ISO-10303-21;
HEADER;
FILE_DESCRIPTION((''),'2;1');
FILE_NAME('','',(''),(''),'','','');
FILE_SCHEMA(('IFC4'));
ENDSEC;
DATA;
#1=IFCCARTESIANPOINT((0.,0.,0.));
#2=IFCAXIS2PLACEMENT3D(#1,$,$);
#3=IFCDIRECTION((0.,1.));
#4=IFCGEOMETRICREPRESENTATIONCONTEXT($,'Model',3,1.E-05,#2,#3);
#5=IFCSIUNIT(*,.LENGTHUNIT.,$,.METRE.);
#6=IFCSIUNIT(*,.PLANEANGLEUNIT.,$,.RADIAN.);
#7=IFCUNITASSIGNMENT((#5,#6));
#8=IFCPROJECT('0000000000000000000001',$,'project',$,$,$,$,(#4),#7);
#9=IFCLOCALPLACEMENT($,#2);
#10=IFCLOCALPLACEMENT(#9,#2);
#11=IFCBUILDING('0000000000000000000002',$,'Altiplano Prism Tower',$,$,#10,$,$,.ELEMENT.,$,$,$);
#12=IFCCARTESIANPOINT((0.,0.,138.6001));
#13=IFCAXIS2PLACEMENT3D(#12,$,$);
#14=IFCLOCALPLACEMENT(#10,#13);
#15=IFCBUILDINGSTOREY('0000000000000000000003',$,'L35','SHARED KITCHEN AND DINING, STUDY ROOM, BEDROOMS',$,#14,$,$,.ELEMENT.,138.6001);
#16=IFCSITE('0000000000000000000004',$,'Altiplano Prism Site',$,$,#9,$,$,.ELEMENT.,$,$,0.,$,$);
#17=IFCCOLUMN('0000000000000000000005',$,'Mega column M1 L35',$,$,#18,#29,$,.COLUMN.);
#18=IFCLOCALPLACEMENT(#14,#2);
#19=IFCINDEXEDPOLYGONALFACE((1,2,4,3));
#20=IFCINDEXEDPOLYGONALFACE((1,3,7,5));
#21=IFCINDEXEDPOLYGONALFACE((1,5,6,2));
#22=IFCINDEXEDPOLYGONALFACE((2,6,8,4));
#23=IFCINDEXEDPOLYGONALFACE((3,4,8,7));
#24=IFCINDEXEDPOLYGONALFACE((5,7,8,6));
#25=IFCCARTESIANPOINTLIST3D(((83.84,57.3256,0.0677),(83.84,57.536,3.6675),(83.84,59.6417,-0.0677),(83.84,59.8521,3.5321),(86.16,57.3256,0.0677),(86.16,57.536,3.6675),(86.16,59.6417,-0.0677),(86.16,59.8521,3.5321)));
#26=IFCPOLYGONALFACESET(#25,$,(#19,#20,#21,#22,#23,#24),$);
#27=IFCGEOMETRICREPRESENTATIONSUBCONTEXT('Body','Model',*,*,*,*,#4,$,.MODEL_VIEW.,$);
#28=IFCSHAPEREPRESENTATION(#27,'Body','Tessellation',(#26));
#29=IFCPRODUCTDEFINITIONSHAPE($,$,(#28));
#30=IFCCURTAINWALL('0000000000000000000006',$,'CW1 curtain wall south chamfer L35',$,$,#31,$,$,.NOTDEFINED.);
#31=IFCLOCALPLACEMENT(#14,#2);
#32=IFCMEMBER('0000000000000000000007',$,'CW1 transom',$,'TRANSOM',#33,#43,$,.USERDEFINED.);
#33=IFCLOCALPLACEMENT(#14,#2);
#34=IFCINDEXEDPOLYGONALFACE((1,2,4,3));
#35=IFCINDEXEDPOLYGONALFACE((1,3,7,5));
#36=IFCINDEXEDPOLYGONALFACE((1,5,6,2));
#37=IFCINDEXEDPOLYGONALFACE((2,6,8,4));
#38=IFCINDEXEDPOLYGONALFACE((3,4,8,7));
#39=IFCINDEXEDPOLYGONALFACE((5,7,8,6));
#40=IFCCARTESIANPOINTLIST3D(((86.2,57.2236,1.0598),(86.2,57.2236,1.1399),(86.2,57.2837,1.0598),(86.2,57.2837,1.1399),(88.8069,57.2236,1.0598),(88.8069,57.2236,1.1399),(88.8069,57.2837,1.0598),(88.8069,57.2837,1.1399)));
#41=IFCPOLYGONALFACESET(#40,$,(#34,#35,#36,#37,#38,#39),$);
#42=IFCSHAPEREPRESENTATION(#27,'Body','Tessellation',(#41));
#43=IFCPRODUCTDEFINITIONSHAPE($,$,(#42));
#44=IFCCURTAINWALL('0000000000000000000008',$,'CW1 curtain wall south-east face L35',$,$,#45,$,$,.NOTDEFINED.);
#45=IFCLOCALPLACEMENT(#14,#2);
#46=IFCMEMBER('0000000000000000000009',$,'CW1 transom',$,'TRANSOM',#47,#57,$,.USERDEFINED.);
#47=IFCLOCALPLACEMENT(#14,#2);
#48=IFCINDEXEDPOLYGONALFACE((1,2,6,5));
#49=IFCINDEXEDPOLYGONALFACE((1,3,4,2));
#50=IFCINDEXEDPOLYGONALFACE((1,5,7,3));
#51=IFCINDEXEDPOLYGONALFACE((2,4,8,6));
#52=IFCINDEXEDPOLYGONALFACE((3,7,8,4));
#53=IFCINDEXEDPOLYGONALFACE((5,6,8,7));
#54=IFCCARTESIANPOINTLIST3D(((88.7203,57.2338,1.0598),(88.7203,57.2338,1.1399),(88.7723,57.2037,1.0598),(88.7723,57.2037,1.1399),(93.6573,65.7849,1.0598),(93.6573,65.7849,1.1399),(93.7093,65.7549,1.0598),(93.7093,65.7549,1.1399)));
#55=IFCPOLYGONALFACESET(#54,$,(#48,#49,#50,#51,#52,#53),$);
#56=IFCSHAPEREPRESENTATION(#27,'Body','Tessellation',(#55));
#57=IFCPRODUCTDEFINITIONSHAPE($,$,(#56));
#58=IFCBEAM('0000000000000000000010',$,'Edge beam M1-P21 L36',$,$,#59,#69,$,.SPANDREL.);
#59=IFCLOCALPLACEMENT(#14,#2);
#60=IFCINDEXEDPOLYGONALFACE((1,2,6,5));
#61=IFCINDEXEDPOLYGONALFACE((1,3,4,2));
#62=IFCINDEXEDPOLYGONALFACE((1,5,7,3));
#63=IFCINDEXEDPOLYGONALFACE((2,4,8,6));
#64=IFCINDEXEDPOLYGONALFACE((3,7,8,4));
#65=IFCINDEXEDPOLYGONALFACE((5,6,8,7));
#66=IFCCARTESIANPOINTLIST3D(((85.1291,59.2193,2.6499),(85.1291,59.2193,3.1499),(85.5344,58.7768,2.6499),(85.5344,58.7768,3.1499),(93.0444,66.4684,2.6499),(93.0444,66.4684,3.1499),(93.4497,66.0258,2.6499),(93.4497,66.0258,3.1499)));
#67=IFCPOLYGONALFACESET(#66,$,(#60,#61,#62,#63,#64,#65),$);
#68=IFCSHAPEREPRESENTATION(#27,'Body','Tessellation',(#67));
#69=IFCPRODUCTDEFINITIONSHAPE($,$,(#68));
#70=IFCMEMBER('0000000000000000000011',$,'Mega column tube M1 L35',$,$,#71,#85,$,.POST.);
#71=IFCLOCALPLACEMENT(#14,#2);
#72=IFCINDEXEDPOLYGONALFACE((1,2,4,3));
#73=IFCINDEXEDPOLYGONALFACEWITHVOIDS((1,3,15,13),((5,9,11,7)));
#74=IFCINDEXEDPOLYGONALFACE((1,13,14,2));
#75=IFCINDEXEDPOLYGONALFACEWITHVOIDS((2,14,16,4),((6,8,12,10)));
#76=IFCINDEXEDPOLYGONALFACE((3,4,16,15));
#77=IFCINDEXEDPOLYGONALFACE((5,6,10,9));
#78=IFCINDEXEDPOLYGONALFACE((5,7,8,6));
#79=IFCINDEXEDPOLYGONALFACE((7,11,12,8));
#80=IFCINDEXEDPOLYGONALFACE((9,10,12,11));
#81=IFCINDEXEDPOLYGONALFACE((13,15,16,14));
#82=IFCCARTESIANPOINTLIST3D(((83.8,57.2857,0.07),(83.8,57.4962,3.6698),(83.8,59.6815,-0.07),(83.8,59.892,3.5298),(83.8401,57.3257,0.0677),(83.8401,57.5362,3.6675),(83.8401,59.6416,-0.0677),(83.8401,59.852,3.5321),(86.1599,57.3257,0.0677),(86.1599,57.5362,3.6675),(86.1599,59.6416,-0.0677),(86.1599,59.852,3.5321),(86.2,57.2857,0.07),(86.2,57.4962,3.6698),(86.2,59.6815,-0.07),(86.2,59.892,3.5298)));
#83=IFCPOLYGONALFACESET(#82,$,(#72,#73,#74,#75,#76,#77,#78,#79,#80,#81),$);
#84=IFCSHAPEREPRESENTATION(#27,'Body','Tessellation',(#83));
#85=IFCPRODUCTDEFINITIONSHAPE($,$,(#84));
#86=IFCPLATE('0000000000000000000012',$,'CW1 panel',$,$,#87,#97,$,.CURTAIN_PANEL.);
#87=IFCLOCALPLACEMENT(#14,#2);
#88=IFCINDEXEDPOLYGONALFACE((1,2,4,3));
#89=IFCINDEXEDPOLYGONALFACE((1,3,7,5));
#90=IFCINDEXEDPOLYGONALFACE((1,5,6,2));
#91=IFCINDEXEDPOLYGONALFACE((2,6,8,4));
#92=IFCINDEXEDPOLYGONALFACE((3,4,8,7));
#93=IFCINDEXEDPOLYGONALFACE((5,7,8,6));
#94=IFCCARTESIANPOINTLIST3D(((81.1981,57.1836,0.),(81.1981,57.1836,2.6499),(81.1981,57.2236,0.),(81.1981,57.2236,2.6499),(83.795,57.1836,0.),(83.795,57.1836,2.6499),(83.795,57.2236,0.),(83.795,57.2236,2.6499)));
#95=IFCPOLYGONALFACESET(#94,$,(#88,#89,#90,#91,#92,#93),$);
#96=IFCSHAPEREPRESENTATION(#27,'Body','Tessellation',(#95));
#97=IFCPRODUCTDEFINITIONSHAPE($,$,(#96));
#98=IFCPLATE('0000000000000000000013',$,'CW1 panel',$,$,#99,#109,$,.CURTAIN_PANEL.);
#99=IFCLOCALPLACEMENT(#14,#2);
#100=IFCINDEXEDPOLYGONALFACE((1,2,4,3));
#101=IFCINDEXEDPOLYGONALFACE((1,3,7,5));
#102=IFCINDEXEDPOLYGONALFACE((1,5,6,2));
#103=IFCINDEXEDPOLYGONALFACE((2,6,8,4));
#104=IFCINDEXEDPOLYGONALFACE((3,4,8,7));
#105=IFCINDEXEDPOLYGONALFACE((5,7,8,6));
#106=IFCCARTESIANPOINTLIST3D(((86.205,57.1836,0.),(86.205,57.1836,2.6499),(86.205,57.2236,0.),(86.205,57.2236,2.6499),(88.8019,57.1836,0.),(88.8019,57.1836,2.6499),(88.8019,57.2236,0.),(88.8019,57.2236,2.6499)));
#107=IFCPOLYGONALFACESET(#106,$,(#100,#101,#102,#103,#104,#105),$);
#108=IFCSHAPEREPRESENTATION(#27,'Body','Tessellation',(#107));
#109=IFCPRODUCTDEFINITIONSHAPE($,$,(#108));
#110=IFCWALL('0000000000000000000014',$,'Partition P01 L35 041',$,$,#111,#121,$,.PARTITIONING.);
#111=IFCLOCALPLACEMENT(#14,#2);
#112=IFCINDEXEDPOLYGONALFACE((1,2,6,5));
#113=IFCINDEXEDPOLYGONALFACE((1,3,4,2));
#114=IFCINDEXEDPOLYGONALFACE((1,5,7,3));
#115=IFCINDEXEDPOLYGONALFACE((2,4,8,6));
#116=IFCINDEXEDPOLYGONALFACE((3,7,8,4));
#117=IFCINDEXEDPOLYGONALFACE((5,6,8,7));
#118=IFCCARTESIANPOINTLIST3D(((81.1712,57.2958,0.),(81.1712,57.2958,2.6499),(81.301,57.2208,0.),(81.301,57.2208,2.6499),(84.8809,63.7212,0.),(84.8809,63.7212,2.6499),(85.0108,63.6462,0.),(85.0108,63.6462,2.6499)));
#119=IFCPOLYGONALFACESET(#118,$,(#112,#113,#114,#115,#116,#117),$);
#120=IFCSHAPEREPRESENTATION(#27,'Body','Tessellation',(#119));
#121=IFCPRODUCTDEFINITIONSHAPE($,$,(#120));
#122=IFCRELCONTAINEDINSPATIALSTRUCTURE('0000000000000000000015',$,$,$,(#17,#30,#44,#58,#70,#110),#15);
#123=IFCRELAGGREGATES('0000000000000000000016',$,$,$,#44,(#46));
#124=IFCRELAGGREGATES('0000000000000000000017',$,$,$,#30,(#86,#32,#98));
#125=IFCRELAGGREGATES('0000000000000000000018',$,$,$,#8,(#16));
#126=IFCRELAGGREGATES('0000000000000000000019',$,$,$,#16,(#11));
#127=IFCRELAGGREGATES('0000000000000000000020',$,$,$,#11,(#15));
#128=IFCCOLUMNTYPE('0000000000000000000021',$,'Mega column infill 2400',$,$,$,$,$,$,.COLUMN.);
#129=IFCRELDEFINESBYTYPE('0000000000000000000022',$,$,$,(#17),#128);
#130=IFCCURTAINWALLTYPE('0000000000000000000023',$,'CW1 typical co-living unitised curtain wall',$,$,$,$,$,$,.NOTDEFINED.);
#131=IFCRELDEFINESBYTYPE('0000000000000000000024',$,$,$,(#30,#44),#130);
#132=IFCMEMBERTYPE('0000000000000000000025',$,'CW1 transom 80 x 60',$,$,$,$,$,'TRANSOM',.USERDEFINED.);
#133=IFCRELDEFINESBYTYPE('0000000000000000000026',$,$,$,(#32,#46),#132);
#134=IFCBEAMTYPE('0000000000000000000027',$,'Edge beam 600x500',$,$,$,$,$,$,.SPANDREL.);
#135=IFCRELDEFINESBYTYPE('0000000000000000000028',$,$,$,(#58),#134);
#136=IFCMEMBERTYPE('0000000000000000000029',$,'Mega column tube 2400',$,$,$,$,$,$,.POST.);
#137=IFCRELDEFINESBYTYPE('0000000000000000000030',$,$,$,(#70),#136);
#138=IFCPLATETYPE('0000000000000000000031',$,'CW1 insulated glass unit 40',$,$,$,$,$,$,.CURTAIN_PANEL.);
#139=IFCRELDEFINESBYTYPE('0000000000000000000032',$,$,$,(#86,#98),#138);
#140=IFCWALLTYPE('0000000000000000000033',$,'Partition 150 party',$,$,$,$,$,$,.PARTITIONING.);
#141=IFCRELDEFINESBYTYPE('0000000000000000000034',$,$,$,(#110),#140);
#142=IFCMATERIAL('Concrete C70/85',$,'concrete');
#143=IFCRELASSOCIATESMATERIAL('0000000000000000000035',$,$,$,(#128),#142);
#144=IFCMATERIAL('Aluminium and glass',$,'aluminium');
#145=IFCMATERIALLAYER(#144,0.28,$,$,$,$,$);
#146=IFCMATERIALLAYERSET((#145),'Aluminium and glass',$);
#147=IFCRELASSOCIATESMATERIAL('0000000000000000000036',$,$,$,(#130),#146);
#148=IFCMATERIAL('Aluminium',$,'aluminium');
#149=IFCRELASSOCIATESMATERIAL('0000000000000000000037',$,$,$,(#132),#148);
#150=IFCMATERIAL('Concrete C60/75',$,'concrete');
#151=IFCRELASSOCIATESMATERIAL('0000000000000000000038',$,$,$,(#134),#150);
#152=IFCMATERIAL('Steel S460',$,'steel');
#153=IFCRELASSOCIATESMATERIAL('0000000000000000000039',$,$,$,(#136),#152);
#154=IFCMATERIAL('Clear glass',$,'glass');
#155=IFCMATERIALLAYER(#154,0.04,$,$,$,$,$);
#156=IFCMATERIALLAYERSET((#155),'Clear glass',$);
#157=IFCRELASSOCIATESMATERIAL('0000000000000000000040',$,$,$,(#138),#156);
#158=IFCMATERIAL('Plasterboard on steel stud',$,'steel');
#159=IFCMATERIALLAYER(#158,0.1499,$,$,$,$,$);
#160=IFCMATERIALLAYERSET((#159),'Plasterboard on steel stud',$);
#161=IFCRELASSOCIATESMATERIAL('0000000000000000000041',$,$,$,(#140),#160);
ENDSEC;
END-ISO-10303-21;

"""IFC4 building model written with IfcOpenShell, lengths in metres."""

from ifc_helpers import new_model, si_unit, direction, frame, frame_2d, origin, origin_2d, place, context, subcontext, project, spatial, rectangle, hollow_rectangle, extrude, material, layer, layer_set, material_profile, profile_set, type_object, element, aggregate, save


model = new_model("IFC4")

# Units and contexts
model_context = context("Model", 3, precision=1e-05, world=origin(), true_north=direction((0.0, 1.0)))
body_context = subcontext(model_context, "Body", "Model", "MODEL_VIEW")
ifc_project = project(units=[si_unit("LENGTHUNIT", "METRE"), si_unit("PLANEANGLEUNIT", "RADIAN")], contexts=[model_context])

# Site, building, storey
site_placement = place(None, origin())
site = spatial("IfcSite", under=ifc_project, at=site_placement, Name="Altiplano Prism Site", CompositionType="ELEMENT", RefElevation=0.0)
building_placement = place(site_placement, origin())
building = spatial("IfcBuilding", under=site, at=building_placement, Name="Altiplano Prism Tower", CompositionType="ELEMENT")
storey_placement = place(building_placement, frame((0.0, 0.0, 138.6001)))
storey = spatial("IfcBuildingStorey", under=building, at=storey_placement, Name="L35", Description="SHARED KITCHEN AND DINING, STUDY ROOM, BEDROOMS", CompositionType="ELEMENT", Elevation=138.6001)

# Column
ifc_material_1 = material(Name="Concrete C70/85", Category="concrete")
ifc_material_profile_1 = material_profile(ifc_material_1, rectangle(XDim=2.3201, YDim=2.3201, at=origin_2d()), Name="Mega column infill 2400")
ifc_profile_set_1 = profile_set([ifc_material_profile_1], Name="Concrete C70/85")
column_type = type_object("IfcColumnType", Name="Mega column infill 2400", PredefinedType="COLUMN", material=ifc_profile_set_1)
column_placement = place(storey_placement, frame((85.0, 58.4836, 0.0), z_axis=(0.0, 0.058361, 0.998296), x_axis=(-1.0, 0.0, 0.0)))
element("IfcColumn", 1, at=column_placement, inside=storey, type_object=column_type, Name="Mega column M1 L35", PredefinedType="COLUMN", context=body_context, shape_type="SweptSolid", body=[
    extrude(rectangle(XDim=2.3201, YDim=2.3201, at=origin_2d()), origin(), (0.0, 0.0, 1.0), 3.606),
])

# Curtain walls, members
ifc_material_2 = material(Name="Aluminium and glass", Category="aluminium")
ifc_layer_1 = layer(ifc_material_2, 0.28)
ifc_layer_set_1 = layer_set([ifc_layer_1], Name="Aluminium and glass")
curtain_wall_type = type_object("IfcCurtainWallType", Name="CW1 typical co-living unitised curtain wall", PredefinedType="NOTDEFINED", material=ifc_layer_set_1)
curtain_wall_1_placement = place(storey_placement, origin())
curtain_wall_1 = element("IfcCurtainWall", 2, at=curtain_wall_1_placement, inside=storey, type_object=curtain_wall_type, Name="CW1 curtain wall south chamfer L35", PredefinedType="NOTDEFINED")
ifc_material_3 = material(Name="Aluminium", Category="aluminium")
ifc_material_profile_2 = material_profile(ifc_material_3, rectangle(XDim=0.0601, YDim=0.0801, at=origin_2d()), Name="CW1 transom 80 x 60")
ifc_profile_set_2 = profile_set([ifc_material_profile_2], Name="Aluminium")
member_type_1 = type_object("IfcMemberType", Name="CW1 transom 80 x 60", ElementType="TRANSOM", PredefinedType="USERDEFINED", material=ifc_profile_set_2)
member_1_placement = place(storey_placement, frame((86.2, 57.2537, 1.0999), z_axis=(1.0, 0.0, 0.0), x_axis=(0.0, 1.0, 0.0)))
member_1 = element("IfcMember", 3, at=member_1_placement, type_object=member_type_1, Name="CW1 transom", ObjectType="TRANSOM", PredefinedType="USERDEFINED", context=body_context, shape_type="SweptSolid", body=[
    extrude(rectangle(XDim=0.0601, YDim=0.0801, at=origin_2d()), origin(), (0.0, 0.0, 1.0), 2.6069),
])
curtain_wall_2_placement = place(storey_placement, origin())
curtain_wall_2 = element("IfcCurtainWall", 4, at=curtain_wall_2_placement, inside=storey, type_object=curtain_wall_type, Name="CW1 curtain wall south-east face L35", PredefinedType="NOTDEFINED")
member_2_placement = place(storey_placement, frame((88.7463, 57.2188, 1.0999), z_axis=(0.499995, 0.866028, 0.0), x_axis=(-0.866028, 0.499995, 0.0)))
member_2 = element("IfcMember", 5, at=member_2_placement, type_object=member_type_1, Name="CW1 transom", ObjectType="TRANSOM", PredefinedType="USERDEFINED", context=body_context, shape_type="SweptSolid", body=[
    extrude(rectangle(XDim=0.0601, YDim=0.0801, at=origin_2d()), origin(), (0.0, 0.0, 1.0), 9.874),
])
aggregate(curtain_wall_2, [member_2])

# Beam
ifc_material_4 = material(Name="Concrete C60/75", Category="concrete")
ifc_material_profile_3 = material_profile(ifc_material_4, rectangle(XDim=0.6001, YDim=0.5, at=origin_2d()), Name="Edge beam 600x500")
ifc_profile_set_3 = profile_set([ifc_material_profile_3], Name="Concrete C60/75")
beam_type = type_object("IfcBeamType", Name="Edge beam 600x500", PredefinedType="SPANDREL", material=ifc_profile_set_3)
beam_placement = place(storey_placement, frame((85.3318, 58.998, 2.8999), z_axis=(0.737463, 0.675388, 0.0), x_axis=(-0.675388, 0.737463, 0.0)))
element("IfcBeam", 6, at=beam_placement, inside=storey, type_object=beam_type, Name="Edge beam M1-P21 L36", PredefinedType="SPANDREL", context=body_context, shape_type="SweptSolid", body=[
    extrude(rectangle(XDim=0.6001, YDim=0.5, at=origin_2d()), origin(), (0.0, 0.0, 1.0), 10.7332),
])

# Member
ifc_material_5 = material(Name="Steel S460", Category="steel")
ifc_material_profile_4 = material_profile(ifc_material_5, hollow_rectangle(XDim=2.3999, YDim=2.3999, WallThickness=0.04, at=origin_2d()), Name="Mega column tube 2400")
ifc_profile_set_4 = profile_set([ifc_material_profile_4], Name="Steel S460")
member_type_2 = type_object("IfcMemberType", Name="Mega column tube 2400", PredefinedType="POST", material=ifc_profile_set_4)
member_3_placement = place(storey_placement, frame((85.0, 58.4836, 0.0), z_axis=(0.0, 0.058361, 0.998296), x_axis=(-1.0, 0.0, 0.0)))
element("IfcMember", 7, at=member_3_placement, inside=storey, type_object=member_type_2, Name="Mega column tube M1 L35", PredefinedType="POST", context=body_context, shape_type="SweptSolid", body=[
    extrude(hollow_rectangle(XDim=2.3999, YDim=2.3999, WallThickness=0.04, at=origin_2d()), origin(), (0.0, 0.0, 1.0), 3.606),
])

# Plates
ifc_material_6 = material(Name="Clear glass", Category="glass")
ifc_layer_2 = layer(ifc_material_6, 0.04)
ifc_layer_set_2 = layer_set([ifc_layer_2], Name="Clear glass")
plate_type = type_object("IfcPlateType", Name="CW1 insulated glass unit 40", PredefinedType="CURTAIN_PANEL", material=ifc_layer_set_2)
plate_1_placement = place(storey_placement, frame((82.4966, 57.2036, 0.0), z_axis=(0.0, 0.0, 1.0), x_axis=(1.0, 0.0, 0.0)))
plate_1 = element("IfcPlate", 8, at=plate_1_placement, type_object=plate_type, Name="CW1 panel", PredefinedType="CURTAIN_PANEL", context=body_context, shape_type="SweptSolid", body=[
    extrude(rectangle(XDim=2.5969, YDim=0.04, at=origin_2d()), origin(), (0.0, 0.0, 1.0), 2.6499),
])
plate_2_placement = place(storey_placement, frame((87.5034, 57.2036, 0.0), z_axis=(0.0, 0.0, 1.0), x_axis=(1.0, 0.0, 0.0)))
plate_2 = element("IfcPlate", 9, at=plate_2_placement, type_object=plate_type, Name="CW1 panel", PredefinedType="CURTAIN_PANEL", context=body_context, shape_type="SweptSolid", body=[
    extrude(rectangle(XDim=2.5969, YDim=0.04, at=origin_2d()), origin(), (0.0, 0.0, 1.0), 2.6499),
])
aggregate(curtain_wall_1, [plate_1, member_1, plate_2])

# Wall
ifc_material_7 = material(Name="Plasterboard on steel stud", Category="steel")
ifc_layer_3 = layer(ifc_material_7, 0.1499)
ifc_layer_set_3 = layer_set([ifc_layer_3], Name="Plasterboard on steel stud")
wall_type = type_object("IfcWallType", Name="Partition 150 party", PredefinedType="PARTITIONING", material=ifc_layer_set_3)
wall_placement = place(storey_placement, frame((81.2361, 57.2583, 0.0), z_axis=(0.0, 0.0, 1.0), x_axis=(0.500007, 0.866021, 0.0)))
element("IfcWall", 10, at=wall_placement, inside=storey, type_object=wall_type, Name="Partition P01 L35 041", PredefinedType="PARTITIONING", context=body_context, shape_type="SweptSolid", body=[
    extrude(rectangle(XDim=7.4194, YDim=0.1499, at=frame_2d((3.7097, 0.0))), origin(), (0.0, 0.0, 1.0), 2.6499),
])

save(model, "model.ifc")
